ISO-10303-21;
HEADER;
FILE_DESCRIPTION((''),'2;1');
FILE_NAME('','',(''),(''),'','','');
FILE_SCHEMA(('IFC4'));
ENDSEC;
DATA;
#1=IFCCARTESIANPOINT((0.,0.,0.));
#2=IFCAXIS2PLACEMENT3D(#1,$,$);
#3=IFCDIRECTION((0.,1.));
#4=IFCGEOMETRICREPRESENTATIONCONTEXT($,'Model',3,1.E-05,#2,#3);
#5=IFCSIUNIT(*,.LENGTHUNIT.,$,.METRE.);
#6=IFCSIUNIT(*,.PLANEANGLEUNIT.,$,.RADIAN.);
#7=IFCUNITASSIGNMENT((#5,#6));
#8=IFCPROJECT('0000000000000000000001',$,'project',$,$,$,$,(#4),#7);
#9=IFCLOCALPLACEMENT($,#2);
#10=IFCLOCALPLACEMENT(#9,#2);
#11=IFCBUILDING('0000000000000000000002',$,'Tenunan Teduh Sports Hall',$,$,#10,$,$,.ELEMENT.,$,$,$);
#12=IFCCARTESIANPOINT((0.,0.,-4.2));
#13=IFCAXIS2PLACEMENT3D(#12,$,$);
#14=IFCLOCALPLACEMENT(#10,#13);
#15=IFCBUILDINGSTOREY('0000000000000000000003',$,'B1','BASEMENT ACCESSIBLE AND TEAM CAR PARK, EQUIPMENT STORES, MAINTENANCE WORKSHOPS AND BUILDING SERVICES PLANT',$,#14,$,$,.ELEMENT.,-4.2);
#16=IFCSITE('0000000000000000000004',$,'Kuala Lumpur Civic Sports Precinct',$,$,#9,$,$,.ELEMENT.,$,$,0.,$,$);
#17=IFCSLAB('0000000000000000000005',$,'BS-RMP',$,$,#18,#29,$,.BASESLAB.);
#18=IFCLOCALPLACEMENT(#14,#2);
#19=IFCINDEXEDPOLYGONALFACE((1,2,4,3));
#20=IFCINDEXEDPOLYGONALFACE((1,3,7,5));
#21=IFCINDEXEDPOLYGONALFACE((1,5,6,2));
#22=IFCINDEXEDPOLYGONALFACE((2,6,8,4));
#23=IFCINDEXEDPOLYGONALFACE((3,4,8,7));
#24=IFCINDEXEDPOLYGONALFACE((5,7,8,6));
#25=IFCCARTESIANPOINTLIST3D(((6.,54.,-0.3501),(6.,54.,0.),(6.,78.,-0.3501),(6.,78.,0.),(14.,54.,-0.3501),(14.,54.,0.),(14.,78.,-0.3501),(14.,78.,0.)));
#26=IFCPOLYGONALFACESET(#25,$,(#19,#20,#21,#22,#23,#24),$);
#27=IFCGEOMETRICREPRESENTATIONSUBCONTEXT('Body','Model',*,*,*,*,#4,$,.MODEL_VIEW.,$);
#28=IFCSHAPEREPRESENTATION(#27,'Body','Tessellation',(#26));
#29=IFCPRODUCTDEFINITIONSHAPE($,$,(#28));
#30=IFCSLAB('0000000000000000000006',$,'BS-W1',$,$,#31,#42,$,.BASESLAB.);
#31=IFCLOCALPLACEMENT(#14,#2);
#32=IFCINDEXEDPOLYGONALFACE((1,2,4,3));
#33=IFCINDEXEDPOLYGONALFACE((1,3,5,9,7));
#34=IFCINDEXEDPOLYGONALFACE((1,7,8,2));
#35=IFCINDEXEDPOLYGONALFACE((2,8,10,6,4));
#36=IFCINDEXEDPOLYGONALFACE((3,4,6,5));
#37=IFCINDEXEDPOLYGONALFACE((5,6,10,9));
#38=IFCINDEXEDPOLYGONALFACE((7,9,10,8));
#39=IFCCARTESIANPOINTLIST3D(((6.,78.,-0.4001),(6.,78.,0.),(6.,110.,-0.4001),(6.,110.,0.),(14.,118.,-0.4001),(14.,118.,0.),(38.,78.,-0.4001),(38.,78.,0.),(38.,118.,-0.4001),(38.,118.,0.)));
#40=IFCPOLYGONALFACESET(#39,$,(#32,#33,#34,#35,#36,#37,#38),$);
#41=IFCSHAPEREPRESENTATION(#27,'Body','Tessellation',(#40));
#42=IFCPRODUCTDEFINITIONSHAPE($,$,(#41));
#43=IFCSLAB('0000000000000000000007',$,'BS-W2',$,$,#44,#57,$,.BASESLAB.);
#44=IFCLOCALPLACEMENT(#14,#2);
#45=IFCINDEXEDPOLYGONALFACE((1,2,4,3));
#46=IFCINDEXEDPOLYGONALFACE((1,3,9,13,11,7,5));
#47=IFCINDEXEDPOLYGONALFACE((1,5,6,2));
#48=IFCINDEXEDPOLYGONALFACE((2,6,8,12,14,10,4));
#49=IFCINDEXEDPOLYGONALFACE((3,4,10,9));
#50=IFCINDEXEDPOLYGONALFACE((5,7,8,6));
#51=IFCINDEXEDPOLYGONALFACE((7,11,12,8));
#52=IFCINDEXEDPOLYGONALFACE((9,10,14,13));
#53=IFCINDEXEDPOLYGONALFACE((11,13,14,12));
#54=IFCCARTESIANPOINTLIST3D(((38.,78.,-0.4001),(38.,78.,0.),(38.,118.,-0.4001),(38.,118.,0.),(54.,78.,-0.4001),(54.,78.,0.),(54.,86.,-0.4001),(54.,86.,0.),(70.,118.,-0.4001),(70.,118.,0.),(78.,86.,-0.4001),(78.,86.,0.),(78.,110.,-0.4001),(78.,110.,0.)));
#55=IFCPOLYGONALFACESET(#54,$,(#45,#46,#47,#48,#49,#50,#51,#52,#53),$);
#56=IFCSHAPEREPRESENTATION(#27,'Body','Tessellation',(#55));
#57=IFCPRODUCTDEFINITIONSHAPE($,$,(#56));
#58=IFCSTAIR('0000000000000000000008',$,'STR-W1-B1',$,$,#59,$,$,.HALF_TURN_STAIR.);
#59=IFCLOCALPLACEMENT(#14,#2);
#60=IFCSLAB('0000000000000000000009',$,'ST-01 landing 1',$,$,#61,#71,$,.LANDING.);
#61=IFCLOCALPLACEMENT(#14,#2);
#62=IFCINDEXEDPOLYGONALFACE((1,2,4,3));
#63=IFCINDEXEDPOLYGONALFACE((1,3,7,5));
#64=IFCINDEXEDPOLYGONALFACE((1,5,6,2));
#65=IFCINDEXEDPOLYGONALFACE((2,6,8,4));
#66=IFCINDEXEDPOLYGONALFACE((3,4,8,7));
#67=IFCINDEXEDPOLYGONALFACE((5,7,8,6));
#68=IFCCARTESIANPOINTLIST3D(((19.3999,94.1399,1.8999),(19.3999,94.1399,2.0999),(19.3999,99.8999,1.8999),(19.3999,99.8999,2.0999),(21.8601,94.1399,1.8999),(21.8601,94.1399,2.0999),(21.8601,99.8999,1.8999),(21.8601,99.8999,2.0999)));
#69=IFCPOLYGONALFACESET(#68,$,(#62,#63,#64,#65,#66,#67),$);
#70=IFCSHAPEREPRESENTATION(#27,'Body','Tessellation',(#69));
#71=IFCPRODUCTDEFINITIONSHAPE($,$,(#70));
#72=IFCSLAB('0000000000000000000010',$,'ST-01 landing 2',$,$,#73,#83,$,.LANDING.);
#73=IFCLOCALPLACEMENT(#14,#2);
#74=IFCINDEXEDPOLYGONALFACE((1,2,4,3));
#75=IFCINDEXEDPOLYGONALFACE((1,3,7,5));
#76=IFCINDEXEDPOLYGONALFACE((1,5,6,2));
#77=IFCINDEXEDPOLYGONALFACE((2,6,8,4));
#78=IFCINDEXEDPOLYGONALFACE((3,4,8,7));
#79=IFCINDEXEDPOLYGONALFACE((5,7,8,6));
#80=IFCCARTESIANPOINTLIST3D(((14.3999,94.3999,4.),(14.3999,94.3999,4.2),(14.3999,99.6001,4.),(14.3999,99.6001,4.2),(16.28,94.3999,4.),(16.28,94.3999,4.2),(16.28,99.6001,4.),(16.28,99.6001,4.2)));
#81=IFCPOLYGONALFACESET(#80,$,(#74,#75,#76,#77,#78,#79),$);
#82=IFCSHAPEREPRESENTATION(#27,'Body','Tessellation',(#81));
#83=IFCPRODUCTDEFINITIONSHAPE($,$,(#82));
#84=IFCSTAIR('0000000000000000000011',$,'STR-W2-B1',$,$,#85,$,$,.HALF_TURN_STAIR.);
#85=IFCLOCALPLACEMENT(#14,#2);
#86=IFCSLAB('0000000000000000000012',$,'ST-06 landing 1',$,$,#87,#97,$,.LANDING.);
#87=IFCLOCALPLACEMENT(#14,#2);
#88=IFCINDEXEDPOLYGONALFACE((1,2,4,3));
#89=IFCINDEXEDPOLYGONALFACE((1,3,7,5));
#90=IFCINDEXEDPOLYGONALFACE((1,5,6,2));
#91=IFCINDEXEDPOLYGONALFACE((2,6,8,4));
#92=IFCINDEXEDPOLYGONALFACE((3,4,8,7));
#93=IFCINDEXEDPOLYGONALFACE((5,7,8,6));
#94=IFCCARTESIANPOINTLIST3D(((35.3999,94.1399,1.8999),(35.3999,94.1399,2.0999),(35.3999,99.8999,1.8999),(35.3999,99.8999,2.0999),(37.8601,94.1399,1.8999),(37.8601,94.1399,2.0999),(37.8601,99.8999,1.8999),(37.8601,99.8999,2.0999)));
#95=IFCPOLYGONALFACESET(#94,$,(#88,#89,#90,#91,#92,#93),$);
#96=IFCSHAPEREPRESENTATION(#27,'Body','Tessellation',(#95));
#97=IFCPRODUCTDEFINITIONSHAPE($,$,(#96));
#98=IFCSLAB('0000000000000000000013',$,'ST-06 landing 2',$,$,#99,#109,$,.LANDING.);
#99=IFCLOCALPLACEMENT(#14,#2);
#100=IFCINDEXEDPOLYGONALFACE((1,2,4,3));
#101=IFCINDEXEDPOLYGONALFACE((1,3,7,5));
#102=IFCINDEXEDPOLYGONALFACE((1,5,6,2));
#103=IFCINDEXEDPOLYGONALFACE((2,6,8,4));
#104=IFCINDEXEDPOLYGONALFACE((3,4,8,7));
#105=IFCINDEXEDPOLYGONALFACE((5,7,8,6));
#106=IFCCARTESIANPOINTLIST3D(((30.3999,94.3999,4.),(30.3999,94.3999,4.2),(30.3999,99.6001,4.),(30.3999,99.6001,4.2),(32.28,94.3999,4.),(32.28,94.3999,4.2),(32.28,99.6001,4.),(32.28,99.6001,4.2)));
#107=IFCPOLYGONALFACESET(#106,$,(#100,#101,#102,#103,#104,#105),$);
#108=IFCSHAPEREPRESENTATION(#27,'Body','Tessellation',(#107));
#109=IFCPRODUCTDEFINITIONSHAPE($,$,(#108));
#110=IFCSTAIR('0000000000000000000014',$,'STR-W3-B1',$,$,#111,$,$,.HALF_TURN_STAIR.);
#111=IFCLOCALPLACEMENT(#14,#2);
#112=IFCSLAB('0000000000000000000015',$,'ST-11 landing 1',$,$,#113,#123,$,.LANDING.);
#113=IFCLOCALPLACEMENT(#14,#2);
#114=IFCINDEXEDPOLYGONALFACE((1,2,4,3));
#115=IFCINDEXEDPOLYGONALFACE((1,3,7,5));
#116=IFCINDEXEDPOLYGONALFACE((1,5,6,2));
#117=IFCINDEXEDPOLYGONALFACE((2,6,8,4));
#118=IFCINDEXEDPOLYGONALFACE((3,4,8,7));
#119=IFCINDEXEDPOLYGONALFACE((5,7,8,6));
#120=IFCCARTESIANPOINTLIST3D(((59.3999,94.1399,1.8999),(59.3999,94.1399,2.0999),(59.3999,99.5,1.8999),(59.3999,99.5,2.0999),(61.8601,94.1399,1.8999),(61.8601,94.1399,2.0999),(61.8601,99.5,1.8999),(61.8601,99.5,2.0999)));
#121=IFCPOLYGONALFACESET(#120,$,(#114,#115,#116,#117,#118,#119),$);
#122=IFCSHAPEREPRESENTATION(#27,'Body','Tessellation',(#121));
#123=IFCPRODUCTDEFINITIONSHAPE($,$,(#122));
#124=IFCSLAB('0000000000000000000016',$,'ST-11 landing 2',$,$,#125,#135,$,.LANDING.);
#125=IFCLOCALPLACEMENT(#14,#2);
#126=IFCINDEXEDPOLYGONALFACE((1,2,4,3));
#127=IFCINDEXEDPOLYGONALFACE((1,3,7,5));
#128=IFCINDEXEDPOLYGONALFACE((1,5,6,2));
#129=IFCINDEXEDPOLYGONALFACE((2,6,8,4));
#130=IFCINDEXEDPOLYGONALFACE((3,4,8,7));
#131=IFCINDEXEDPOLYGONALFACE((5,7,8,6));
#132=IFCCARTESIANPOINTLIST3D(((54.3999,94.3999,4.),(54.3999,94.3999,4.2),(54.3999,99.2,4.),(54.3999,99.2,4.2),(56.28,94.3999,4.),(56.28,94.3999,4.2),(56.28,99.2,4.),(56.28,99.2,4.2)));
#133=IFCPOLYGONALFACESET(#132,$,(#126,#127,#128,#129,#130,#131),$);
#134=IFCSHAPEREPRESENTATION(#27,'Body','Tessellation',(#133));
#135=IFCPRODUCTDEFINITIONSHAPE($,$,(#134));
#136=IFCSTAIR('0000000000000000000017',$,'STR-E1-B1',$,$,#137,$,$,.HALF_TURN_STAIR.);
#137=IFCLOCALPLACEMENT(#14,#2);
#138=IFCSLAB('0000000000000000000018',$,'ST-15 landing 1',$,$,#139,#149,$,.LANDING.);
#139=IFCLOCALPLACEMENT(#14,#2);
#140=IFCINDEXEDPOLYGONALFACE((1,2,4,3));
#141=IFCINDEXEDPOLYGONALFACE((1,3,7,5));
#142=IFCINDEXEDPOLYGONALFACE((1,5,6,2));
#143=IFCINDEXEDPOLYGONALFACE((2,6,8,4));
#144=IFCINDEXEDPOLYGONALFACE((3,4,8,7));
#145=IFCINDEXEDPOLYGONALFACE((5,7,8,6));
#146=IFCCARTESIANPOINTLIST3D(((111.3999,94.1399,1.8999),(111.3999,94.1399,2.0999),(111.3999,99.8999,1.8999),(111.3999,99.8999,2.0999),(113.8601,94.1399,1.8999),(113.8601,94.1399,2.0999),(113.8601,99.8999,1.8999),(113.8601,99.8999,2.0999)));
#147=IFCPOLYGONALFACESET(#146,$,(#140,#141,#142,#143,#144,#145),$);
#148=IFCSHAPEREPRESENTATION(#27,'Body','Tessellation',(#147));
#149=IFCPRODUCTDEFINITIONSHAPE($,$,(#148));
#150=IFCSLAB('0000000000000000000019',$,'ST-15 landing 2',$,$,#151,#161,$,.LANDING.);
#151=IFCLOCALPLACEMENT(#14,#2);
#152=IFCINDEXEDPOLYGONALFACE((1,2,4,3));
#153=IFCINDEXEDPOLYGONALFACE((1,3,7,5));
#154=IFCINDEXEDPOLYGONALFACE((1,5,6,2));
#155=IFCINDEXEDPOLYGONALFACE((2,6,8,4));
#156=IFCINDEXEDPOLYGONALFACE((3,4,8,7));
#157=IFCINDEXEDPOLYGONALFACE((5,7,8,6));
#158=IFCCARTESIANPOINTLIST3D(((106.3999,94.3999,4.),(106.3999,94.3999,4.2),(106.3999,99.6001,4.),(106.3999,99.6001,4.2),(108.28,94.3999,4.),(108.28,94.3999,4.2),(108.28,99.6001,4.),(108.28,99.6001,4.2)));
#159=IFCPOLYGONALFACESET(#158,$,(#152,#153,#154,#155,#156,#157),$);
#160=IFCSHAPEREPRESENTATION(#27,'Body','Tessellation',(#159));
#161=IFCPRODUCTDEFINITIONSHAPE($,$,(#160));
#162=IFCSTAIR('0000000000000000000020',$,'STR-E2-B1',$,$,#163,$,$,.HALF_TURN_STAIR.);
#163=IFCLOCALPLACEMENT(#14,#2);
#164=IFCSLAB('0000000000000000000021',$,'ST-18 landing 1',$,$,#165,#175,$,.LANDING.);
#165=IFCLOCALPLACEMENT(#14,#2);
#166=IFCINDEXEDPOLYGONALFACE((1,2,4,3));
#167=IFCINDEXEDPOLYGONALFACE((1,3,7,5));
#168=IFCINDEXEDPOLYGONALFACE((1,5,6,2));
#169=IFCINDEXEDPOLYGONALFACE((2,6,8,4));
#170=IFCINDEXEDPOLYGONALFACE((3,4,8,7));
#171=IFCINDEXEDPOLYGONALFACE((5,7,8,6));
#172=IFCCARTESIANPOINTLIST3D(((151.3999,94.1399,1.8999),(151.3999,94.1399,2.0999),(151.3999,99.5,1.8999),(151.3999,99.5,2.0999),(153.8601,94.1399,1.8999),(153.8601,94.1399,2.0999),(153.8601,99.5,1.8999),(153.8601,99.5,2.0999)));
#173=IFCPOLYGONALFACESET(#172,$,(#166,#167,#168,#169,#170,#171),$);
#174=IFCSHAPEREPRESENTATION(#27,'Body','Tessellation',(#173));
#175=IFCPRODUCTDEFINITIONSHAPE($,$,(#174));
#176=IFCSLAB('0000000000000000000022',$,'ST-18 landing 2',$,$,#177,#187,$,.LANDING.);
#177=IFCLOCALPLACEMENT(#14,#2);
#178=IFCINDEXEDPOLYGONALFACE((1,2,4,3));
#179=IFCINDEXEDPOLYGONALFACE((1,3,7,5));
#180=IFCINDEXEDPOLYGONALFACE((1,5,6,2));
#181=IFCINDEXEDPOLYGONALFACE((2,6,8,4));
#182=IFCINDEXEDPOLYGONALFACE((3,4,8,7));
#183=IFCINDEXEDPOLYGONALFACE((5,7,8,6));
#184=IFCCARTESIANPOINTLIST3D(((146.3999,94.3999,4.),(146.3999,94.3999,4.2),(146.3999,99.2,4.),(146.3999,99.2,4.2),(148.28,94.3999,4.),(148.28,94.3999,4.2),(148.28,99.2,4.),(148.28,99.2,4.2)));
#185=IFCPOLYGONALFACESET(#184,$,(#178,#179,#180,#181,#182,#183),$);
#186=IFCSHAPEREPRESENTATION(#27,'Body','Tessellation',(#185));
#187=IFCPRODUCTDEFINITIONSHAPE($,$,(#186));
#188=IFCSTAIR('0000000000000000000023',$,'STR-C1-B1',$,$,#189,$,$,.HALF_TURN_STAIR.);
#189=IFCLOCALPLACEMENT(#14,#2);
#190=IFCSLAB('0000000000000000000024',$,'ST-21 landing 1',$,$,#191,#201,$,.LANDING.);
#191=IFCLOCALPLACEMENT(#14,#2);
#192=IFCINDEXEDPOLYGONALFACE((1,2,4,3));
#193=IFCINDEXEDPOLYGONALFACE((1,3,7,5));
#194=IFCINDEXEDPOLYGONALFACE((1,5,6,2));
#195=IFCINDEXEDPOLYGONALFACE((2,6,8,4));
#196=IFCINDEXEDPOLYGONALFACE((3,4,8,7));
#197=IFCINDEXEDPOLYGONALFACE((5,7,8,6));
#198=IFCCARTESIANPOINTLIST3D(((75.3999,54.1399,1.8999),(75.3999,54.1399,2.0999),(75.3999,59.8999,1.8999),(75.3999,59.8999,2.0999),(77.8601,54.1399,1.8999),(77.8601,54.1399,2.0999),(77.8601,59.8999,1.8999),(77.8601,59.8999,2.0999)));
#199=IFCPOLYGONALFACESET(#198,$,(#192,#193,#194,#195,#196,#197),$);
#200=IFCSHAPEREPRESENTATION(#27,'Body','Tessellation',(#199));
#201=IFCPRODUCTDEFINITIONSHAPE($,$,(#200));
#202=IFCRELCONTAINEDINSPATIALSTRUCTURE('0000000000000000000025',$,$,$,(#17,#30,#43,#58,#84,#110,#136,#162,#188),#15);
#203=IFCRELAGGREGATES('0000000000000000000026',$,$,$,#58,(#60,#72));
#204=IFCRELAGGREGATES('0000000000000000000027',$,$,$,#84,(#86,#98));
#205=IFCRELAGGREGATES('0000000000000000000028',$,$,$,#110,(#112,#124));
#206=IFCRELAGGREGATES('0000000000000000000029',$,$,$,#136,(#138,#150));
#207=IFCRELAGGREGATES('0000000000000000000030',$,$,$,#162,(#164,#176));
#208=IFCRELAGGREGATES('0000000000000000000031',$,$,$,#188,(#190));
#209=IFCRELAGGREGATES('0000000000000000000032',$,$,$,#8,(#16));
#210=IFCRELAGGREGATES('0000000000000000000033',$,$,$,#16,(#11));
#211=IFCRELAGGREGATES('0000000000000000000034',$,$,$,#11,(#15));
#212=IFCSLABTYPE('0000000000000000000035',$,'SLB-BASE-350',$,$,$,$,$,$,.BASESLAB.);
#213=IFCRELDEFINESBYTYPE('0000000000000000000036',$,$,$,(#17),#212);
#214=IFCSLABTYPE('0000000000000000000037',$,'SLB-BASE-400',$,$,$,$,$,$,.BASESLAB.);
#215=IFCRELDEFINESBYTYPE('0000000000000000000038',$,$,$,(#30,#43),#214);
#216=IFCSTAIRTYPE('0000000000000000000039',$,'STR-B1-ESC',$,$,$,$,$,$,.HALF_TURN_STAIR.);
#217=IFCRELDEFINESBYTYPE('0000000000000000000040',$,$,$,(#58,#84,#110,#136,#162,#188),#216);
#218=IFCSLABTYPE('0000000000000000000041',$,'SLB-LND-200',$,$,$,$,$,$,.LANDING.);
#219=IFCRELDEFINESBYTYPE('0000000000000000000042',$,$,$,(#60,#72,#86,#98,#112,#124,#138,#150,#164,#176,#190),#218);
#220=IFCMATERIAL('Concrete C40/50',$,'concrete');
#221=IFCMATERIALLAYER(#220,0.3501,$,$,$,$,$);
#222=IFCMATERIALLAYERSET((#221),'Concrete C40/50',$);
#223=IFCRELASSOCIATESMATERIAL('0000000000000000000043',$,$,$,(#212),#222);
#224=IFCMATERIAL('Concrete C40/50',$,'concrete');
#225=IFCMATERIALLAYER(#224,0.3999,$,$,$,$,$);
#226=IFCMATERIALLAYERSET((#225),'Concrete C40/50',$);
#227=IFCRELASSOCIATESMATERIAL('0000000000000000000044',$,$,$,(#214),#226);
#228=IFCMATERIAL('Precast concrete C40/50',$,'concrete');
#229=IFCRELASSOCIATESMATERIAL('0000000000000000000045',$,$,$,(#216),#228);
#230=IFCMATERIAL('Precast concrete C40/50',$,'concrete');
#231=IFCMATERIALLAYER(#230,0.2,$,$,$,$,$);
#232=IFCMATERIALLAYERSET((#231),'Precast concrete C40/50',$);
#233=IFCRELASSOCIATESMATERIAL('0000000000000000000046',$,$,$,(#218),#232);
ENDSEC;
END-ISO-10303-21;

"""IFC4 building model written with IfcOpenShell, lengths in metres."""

from ifc_helpers import new_model, si_unit, direction, frame, origin, place, context, subcontext, project, spatial, polyline, outline, extrude, material, layer, layer_set, type_object, element, aggregate, save


model = new_model("IFC4")

# Units and contexts
model_context = context("Model", 3, precision=1e-05, world=origin(), true_north=direction((0.0, 1.0)))
body_context = subcontext(model_context, "Body", "Model", "MODEL_VIEW")
ifc_project = project(units=[si_unit("LENGTHUNIT", "METRE"), si_unit("PLANEANGLEUNIT", "RADIAN")], contexts=[model_context])

# Site, building, storey
site_placement = place(None, origin())
site = spatial("IfcSite", under=ifc_project, at=site_placement, Name="Kuala Lumpur Civic Sports Precinct", CompositionType="ELEMENT", RefElevation=0.0)
building_placement = place(site_placement, origin())
building = spatial("IfcBuilding", under=site, at=building_placement, Name="Tenunan Teduh Sports Hall", CompositionType="ELEMENT")
storey_placement = place(building_placement, frame((0.0, 0.0, -4.2)))
storey = spatial("IfcBuildingStorey", under=building, at=storey_placement, Name="B1", Description="BASEMENT ACCESSIBLE AND TEAM CAR PARK, EQUIPMENT STORES, MAINTENANCE WORKSHOPS AND BUILDING SERVICES PLANT", CompositionType="ELEMENT", Elevation=-4.2)

# Slabs
ifc_material_1 = material(Name="Concrete C40/50", Category="concrete")
ifc_layer_1 = layer(ifc_material_1, 0.3501)
ifc_layer_set_1 = layer_set([ifc_layer_1], Name="Concrete C40/50")
slab_type_1 = type_object("IfcSlabType", Name="SLB-BASE-350", PredefinedType="BASESLAB", material=ifc_layer_set_1)
slab_1_placement = place(storey_placement, frame((0.0, 0.0, -0.3501)))
element("IfcSlab", 1, at=slab_1_placement, inside=storey, type_object=slab_type_1, Name="BS-RMP", PredefinedType="BASESLAB", context=body_context, shape_type="SweptSolid", body=[
    extrude(outline(polyline([(6.0, 54.0), (14.0, 54.0), (14.0, 78.0), (6.0, 78.0), (6.0, 54.0)])), origin(), (0.0, 0.0, 1.0), 0.3501),
])
ifc_material_2 = material(Name="Concrete C40/50", Category="concrete")
ifc_layer_2 = layer(ifc_material_2, 0.3999)
ifc_layer_set_2 = layer_set([ifc_layer_2], Name="Concrete C40/50")
slab_type_2 = type_object("IfcSlabType", Name="SLB-BASE-400", PredefinedType="BASESLAB", material=ifc_layer_set_2)
slab_2_placement = place(storey_placement, frame((0.0, 0.0, -0.4001)))
element("IfcSlab", 2, at=slab_2_placement, inside=storey, type_object=slab_type_2, Name="BS-W1", PredefinedType="BASESLAB", context=body_context, shape_type="SweptSolid", body=[
    extrude(outline(polyline([(6.0, 78.0), (38.0, 78.0), (38.0, 118.0), (14.0, 118.0), (6.0, 110.0), (6.0, 78.0)])), origin(), (0.0, 0.0, 1.0), 0.4001),
])
slab_3_placement = place(storey_placement, frame((0.0, 0.0, -0.4001)))
element("IfcSlab", 3, at=slab_3_placement, inside=storey, type_object=slab_type_2, Name="BS-W2", PredefinedType="BASESLAB", context=body_context, shape_type="SweptSolid", body=[
    extrude(outline(polyline([(38.0, 78.0), (54.0, 78.0), (54.0, 86.0), (78.0, 86.0), (78.0, 110.0), (70.0, 118.0), (38.0, 118.0), (38.0, 78.0)])), origin(), (0.0, 0.0, 1.0), 0.4001),
])

# Stairs, slabs
ifc_material_3 = material(Name="Precast concrete C40/50", Category="concrete")
stair_type = type_object("IfcStairType", Name="STR-B1-ESC", PredefinedType="HALF_TURN_STAIR", material=ifc_material_3)
stair_1_placement = place(storey_placement, origin())
stair_1 = element("IfcStair", 4, at=stair_1_placement, inside=storey, type_object=stair_type, Name="STR-W1-B1", PredefinedType="HALF_TURN_STAIR")
ifc_material_4 = material(Name="Precast concrete C40/50", Category="concrete")
ifc_layer_3 = layer(ifc_material_4, 0.2)
ifc_layer_set_3 = layer_set([ifc_layer_3], Name="Precast concrete C40/50")
slab_type_3 = type_object("IfcSlabType", Name="SLB-LND-200", PredefinedType="LANDING", material=ifc_layer_set_3)
slab_4_placement = place(storey_placement, frame((0.0, 0.0, 1.8999)))
slab_4 = element("IfcSlab", 5, at=slab_4_placement, type_object=slab_type_3, Name="ST-01 landing 1", PredefinedType="LANDING", context=body_context, shape_type="SweptSolid", body=[
    extrude(outline(polyline([(19.3999, 94.1399), (21.8601, 94.1399), (21.8601, 99.8999), (19.3999, 99.8999), (19.3999, 94.1399)])), origin(), (0.0, 0.0, 1.0), 0.2),
])
slab_5_placement = place(storey_placement, frame((0.0, 0.0, 4.0)))
slab_5 = element("IfcSlab", 6, at=slab_5_placement, type_object=slab_type_3, Name="ST-01 landing 2", PredefinedType="LANDING", context=body_context, shape_type="SweptSolid", body=[
    extrude(outline(polyline([(14.3999, 94.3999), (16.28, 94.3999), (16.28, 99.6001), (14.3999, 99.6001), (14.3999, 94.3999)])), origin(), (0.0, 0.0, 1.0), 0.2),
])
aggregate(stair_1, [slab_4, slab_5])
stair_2_placement = place(storey_placement, origin())
stair_2 = element("IfcStair", 7, at=stair_2_placement, inside=storey, type_object=stair_type, Name="STR-W2-B1", PredefinedType="HALF_TURN_STAIR")
slab_6_placement = place(storey_placement, frame((0.0, 0.0, 1.8999)))
slab_6 = element("IfcSlab", 8, at=slab_6_placement, type_object=slab_type_3, Name="ST-06 landing 1", PredefinedType="LANDING", context=body_context, shape_type="SweptSolid", body=[
    extrude(outline(polyline([(35.3999, 94.1399), (37.8601, 94.1399), (37.8601, 99.8999), (35.3999, 99.8999), (35.3999, 94.1399)])), origin(), (0.0, 0.0, 1.0), 0.2),
])
slab_7_placement = place(storey_placement, frame((0.0, 0.0, 4.0)))
slab_7 = element("IfcSlab", 9, at=slab_7_placement, type_object=slab_type_3, Name="ST-06 landing 2", PredefinedType="LANDING", context=body_context, shape_type="SweptSolid", body=[
    extrude(outline(polyline([(30.3999, 94.3999), (32.28, 94.3999), (32.28, 99.6001), (30.3999, 99.6001), (30.3999, 94.3999)])), origin(), (0.0, 0.0, 1.0), 0.2),
])
aggregate(stair_2, [slab_6, slab_7])
stair_3_placement = place(storey_placement, origin())
stair_3 = element("IfcStair", 10, at=stair_3_placement, inside=storey, type_object=stair_type, Name="STR-W3-B1", PredefinedType="HALF_TURN_STAIR")
slab_8_placement = place(storey_placement, frame((0.0, 0.0, 1.8999)))
slab_8 = element("IfcSlab", 11, at=slab_8_placement, type_object=slab_type_3, Name="ST-11 landing 1", PredefinedType="LANDING", context=body_context, shape_type="SweptSolid", body=[
    extrude(outline(polyline([(59.3999, 94.1399), (61.8601, 94.1399), (61.8601, 99.5), (59.3999, 99.5), (59.3999, 94.1399)])), origin(), (0.0, 0.0, 1.0), 0.2),
])
slab_9_placement = place(storey_placement, frame((0.0, 0.0, 4.0)))
slab_9 = element("IfcSlab", 12, at=slab_9_placement, type_object=slab_type_3, Name="ST-11 landing 2", PredefinedType="LANDING", context=body_context, shape_type="SweptSolid", body=[
    extrude(outline(polyline([(54.3999, 94.3999), (56.28, 94.3999), (56.28, 99.2), (54.3999, 99.2), (54.3999, 94.3999)])), origin(), (0.0, 0.0, 1.0), 0.2),
])
aggregate(stair_3, [slab_8, slab_9])
stair_4_placement = place(storey_placement, origin())
stair_4 = element("IfcStair", 13, at=stair_4_placement, inside=storey, type_object=stair_type, Name="STR-E1-B1", PredefinedType="HALF_TURN_STAIR")
slab_10_placement = place(storey_placement, frame((0.0, 0.0, 1.8999)))
slab_10 = element("IfcSlab", 14, at=slab_10_placement, type_object=slab_type_3, Name="ST-15 landing 1", PredefinedType="LANDING", context=body_context, shape_type="SweptSolid", body=[
    extrude(outline(polyline([(111.3999, 94.1399), (113.8601, 94.1399), (113.8601, 99.8999), (111.3999, 99.8999), (111.3999, 94.1399)])), origin(), (0.0, 0.0, 1.0), 0.2),
])
slab_11_placement = place(storey_placement, frame((0.0, 0.0, 4.0)))
slab_11 = element("IfcSlab", 15, at=slab_11_placement, type_object=slab_type_3, Name="ST-15 landing 2", PredefinedType="LANDING", context=body_context, shape_type="SweptSolid", body=[
    extrude(outline(polyline([(106.3999, 94.3999), (108.28, 94.3999), (108.28, 99.6001), (106.3999, 99.6001), (106.3999, 94.3999)])), origin(), (0.0, 0.0, 1.0), 0.2),
])
aggregate(stair_4, [slab_10, slab_11])
stair_5_placement = place(storey_placement, origin())
stair_5 = element("IfcStair", 16, at=stair_5_placement, inside=storey, type_object=stair_type, Name="STR-E2-B1", PredefinedType="HALF_TURN_STAIR")
slab_12_placement = place(storey_placement, frame((0.0, 0.0, 1.8999)))
slab_12 = element("IfcSlab", 17, at=slab_12_placement, type_object=slab_type_3, Name="ST-18 landing 1", PredefinedType="LANDING", context=body_context, shape_type="SweptSolid", body=[
    extrude(outline(polyline([(151.3999, 94.1399), (153.8601, 94.1399), (153.8601, 99.5), (151.3999, 99.5), (151.3999, 94.1399)])), origin(), (0.0, 0.0, 1.0), 0.2),
])
slab_13_placement = place(storey_placement, frame((0.0, 0.0, 4.0)))
slab_13 = element("IfcSlab", 18, at=slab_13_placement, type_object=slab_type_3, Name="ST-18 landing 2", PredefinedType="LANDING", context=body_context, shape_type="SweptSolid", body=[
    extrude(outline(polyline([(146.3999, 94.3999), (148.28, 94.3999), (148.28, 99.2), (146.3999, 99.2), (146.3999, 94.3999)])), origin(), (0.0, 0.0, 1.0), 0.2),
])
aggregate(stair_5, [slab_12, slab_13])
stair_6_placement = place(storey_placement, origin())
stair_6 = element("IfcStair", 19, at=stair_6_placement, inside=storey, type_object=stair_type, Name="STR-C1-B1", PredefinedType="HALF_TURN_STAIR")
slab_14_placement = place(storey_placement, frame((0.0, 0.0, 1.8999)))
slab_14 = element("IfcSlab", 20, at=slab_14_placement, type_object=slab_type_3, Name="ST-21 landing 1", PredefinedType="LANDING", context=body_context, shape_type="SweptSolid", body=[
    extrude(outline(polyline([(75.3999, 54.1399), (77.8601, 54.1399), (77.8601, 59.8999), (75.3999, 59.8999), (75.3999, 54.1399)])), origin(), (0.0, 0.0, 1.0), 0.2),
])
aggregate(stair_6, [slab_14])

save(model, "model.ifc")
